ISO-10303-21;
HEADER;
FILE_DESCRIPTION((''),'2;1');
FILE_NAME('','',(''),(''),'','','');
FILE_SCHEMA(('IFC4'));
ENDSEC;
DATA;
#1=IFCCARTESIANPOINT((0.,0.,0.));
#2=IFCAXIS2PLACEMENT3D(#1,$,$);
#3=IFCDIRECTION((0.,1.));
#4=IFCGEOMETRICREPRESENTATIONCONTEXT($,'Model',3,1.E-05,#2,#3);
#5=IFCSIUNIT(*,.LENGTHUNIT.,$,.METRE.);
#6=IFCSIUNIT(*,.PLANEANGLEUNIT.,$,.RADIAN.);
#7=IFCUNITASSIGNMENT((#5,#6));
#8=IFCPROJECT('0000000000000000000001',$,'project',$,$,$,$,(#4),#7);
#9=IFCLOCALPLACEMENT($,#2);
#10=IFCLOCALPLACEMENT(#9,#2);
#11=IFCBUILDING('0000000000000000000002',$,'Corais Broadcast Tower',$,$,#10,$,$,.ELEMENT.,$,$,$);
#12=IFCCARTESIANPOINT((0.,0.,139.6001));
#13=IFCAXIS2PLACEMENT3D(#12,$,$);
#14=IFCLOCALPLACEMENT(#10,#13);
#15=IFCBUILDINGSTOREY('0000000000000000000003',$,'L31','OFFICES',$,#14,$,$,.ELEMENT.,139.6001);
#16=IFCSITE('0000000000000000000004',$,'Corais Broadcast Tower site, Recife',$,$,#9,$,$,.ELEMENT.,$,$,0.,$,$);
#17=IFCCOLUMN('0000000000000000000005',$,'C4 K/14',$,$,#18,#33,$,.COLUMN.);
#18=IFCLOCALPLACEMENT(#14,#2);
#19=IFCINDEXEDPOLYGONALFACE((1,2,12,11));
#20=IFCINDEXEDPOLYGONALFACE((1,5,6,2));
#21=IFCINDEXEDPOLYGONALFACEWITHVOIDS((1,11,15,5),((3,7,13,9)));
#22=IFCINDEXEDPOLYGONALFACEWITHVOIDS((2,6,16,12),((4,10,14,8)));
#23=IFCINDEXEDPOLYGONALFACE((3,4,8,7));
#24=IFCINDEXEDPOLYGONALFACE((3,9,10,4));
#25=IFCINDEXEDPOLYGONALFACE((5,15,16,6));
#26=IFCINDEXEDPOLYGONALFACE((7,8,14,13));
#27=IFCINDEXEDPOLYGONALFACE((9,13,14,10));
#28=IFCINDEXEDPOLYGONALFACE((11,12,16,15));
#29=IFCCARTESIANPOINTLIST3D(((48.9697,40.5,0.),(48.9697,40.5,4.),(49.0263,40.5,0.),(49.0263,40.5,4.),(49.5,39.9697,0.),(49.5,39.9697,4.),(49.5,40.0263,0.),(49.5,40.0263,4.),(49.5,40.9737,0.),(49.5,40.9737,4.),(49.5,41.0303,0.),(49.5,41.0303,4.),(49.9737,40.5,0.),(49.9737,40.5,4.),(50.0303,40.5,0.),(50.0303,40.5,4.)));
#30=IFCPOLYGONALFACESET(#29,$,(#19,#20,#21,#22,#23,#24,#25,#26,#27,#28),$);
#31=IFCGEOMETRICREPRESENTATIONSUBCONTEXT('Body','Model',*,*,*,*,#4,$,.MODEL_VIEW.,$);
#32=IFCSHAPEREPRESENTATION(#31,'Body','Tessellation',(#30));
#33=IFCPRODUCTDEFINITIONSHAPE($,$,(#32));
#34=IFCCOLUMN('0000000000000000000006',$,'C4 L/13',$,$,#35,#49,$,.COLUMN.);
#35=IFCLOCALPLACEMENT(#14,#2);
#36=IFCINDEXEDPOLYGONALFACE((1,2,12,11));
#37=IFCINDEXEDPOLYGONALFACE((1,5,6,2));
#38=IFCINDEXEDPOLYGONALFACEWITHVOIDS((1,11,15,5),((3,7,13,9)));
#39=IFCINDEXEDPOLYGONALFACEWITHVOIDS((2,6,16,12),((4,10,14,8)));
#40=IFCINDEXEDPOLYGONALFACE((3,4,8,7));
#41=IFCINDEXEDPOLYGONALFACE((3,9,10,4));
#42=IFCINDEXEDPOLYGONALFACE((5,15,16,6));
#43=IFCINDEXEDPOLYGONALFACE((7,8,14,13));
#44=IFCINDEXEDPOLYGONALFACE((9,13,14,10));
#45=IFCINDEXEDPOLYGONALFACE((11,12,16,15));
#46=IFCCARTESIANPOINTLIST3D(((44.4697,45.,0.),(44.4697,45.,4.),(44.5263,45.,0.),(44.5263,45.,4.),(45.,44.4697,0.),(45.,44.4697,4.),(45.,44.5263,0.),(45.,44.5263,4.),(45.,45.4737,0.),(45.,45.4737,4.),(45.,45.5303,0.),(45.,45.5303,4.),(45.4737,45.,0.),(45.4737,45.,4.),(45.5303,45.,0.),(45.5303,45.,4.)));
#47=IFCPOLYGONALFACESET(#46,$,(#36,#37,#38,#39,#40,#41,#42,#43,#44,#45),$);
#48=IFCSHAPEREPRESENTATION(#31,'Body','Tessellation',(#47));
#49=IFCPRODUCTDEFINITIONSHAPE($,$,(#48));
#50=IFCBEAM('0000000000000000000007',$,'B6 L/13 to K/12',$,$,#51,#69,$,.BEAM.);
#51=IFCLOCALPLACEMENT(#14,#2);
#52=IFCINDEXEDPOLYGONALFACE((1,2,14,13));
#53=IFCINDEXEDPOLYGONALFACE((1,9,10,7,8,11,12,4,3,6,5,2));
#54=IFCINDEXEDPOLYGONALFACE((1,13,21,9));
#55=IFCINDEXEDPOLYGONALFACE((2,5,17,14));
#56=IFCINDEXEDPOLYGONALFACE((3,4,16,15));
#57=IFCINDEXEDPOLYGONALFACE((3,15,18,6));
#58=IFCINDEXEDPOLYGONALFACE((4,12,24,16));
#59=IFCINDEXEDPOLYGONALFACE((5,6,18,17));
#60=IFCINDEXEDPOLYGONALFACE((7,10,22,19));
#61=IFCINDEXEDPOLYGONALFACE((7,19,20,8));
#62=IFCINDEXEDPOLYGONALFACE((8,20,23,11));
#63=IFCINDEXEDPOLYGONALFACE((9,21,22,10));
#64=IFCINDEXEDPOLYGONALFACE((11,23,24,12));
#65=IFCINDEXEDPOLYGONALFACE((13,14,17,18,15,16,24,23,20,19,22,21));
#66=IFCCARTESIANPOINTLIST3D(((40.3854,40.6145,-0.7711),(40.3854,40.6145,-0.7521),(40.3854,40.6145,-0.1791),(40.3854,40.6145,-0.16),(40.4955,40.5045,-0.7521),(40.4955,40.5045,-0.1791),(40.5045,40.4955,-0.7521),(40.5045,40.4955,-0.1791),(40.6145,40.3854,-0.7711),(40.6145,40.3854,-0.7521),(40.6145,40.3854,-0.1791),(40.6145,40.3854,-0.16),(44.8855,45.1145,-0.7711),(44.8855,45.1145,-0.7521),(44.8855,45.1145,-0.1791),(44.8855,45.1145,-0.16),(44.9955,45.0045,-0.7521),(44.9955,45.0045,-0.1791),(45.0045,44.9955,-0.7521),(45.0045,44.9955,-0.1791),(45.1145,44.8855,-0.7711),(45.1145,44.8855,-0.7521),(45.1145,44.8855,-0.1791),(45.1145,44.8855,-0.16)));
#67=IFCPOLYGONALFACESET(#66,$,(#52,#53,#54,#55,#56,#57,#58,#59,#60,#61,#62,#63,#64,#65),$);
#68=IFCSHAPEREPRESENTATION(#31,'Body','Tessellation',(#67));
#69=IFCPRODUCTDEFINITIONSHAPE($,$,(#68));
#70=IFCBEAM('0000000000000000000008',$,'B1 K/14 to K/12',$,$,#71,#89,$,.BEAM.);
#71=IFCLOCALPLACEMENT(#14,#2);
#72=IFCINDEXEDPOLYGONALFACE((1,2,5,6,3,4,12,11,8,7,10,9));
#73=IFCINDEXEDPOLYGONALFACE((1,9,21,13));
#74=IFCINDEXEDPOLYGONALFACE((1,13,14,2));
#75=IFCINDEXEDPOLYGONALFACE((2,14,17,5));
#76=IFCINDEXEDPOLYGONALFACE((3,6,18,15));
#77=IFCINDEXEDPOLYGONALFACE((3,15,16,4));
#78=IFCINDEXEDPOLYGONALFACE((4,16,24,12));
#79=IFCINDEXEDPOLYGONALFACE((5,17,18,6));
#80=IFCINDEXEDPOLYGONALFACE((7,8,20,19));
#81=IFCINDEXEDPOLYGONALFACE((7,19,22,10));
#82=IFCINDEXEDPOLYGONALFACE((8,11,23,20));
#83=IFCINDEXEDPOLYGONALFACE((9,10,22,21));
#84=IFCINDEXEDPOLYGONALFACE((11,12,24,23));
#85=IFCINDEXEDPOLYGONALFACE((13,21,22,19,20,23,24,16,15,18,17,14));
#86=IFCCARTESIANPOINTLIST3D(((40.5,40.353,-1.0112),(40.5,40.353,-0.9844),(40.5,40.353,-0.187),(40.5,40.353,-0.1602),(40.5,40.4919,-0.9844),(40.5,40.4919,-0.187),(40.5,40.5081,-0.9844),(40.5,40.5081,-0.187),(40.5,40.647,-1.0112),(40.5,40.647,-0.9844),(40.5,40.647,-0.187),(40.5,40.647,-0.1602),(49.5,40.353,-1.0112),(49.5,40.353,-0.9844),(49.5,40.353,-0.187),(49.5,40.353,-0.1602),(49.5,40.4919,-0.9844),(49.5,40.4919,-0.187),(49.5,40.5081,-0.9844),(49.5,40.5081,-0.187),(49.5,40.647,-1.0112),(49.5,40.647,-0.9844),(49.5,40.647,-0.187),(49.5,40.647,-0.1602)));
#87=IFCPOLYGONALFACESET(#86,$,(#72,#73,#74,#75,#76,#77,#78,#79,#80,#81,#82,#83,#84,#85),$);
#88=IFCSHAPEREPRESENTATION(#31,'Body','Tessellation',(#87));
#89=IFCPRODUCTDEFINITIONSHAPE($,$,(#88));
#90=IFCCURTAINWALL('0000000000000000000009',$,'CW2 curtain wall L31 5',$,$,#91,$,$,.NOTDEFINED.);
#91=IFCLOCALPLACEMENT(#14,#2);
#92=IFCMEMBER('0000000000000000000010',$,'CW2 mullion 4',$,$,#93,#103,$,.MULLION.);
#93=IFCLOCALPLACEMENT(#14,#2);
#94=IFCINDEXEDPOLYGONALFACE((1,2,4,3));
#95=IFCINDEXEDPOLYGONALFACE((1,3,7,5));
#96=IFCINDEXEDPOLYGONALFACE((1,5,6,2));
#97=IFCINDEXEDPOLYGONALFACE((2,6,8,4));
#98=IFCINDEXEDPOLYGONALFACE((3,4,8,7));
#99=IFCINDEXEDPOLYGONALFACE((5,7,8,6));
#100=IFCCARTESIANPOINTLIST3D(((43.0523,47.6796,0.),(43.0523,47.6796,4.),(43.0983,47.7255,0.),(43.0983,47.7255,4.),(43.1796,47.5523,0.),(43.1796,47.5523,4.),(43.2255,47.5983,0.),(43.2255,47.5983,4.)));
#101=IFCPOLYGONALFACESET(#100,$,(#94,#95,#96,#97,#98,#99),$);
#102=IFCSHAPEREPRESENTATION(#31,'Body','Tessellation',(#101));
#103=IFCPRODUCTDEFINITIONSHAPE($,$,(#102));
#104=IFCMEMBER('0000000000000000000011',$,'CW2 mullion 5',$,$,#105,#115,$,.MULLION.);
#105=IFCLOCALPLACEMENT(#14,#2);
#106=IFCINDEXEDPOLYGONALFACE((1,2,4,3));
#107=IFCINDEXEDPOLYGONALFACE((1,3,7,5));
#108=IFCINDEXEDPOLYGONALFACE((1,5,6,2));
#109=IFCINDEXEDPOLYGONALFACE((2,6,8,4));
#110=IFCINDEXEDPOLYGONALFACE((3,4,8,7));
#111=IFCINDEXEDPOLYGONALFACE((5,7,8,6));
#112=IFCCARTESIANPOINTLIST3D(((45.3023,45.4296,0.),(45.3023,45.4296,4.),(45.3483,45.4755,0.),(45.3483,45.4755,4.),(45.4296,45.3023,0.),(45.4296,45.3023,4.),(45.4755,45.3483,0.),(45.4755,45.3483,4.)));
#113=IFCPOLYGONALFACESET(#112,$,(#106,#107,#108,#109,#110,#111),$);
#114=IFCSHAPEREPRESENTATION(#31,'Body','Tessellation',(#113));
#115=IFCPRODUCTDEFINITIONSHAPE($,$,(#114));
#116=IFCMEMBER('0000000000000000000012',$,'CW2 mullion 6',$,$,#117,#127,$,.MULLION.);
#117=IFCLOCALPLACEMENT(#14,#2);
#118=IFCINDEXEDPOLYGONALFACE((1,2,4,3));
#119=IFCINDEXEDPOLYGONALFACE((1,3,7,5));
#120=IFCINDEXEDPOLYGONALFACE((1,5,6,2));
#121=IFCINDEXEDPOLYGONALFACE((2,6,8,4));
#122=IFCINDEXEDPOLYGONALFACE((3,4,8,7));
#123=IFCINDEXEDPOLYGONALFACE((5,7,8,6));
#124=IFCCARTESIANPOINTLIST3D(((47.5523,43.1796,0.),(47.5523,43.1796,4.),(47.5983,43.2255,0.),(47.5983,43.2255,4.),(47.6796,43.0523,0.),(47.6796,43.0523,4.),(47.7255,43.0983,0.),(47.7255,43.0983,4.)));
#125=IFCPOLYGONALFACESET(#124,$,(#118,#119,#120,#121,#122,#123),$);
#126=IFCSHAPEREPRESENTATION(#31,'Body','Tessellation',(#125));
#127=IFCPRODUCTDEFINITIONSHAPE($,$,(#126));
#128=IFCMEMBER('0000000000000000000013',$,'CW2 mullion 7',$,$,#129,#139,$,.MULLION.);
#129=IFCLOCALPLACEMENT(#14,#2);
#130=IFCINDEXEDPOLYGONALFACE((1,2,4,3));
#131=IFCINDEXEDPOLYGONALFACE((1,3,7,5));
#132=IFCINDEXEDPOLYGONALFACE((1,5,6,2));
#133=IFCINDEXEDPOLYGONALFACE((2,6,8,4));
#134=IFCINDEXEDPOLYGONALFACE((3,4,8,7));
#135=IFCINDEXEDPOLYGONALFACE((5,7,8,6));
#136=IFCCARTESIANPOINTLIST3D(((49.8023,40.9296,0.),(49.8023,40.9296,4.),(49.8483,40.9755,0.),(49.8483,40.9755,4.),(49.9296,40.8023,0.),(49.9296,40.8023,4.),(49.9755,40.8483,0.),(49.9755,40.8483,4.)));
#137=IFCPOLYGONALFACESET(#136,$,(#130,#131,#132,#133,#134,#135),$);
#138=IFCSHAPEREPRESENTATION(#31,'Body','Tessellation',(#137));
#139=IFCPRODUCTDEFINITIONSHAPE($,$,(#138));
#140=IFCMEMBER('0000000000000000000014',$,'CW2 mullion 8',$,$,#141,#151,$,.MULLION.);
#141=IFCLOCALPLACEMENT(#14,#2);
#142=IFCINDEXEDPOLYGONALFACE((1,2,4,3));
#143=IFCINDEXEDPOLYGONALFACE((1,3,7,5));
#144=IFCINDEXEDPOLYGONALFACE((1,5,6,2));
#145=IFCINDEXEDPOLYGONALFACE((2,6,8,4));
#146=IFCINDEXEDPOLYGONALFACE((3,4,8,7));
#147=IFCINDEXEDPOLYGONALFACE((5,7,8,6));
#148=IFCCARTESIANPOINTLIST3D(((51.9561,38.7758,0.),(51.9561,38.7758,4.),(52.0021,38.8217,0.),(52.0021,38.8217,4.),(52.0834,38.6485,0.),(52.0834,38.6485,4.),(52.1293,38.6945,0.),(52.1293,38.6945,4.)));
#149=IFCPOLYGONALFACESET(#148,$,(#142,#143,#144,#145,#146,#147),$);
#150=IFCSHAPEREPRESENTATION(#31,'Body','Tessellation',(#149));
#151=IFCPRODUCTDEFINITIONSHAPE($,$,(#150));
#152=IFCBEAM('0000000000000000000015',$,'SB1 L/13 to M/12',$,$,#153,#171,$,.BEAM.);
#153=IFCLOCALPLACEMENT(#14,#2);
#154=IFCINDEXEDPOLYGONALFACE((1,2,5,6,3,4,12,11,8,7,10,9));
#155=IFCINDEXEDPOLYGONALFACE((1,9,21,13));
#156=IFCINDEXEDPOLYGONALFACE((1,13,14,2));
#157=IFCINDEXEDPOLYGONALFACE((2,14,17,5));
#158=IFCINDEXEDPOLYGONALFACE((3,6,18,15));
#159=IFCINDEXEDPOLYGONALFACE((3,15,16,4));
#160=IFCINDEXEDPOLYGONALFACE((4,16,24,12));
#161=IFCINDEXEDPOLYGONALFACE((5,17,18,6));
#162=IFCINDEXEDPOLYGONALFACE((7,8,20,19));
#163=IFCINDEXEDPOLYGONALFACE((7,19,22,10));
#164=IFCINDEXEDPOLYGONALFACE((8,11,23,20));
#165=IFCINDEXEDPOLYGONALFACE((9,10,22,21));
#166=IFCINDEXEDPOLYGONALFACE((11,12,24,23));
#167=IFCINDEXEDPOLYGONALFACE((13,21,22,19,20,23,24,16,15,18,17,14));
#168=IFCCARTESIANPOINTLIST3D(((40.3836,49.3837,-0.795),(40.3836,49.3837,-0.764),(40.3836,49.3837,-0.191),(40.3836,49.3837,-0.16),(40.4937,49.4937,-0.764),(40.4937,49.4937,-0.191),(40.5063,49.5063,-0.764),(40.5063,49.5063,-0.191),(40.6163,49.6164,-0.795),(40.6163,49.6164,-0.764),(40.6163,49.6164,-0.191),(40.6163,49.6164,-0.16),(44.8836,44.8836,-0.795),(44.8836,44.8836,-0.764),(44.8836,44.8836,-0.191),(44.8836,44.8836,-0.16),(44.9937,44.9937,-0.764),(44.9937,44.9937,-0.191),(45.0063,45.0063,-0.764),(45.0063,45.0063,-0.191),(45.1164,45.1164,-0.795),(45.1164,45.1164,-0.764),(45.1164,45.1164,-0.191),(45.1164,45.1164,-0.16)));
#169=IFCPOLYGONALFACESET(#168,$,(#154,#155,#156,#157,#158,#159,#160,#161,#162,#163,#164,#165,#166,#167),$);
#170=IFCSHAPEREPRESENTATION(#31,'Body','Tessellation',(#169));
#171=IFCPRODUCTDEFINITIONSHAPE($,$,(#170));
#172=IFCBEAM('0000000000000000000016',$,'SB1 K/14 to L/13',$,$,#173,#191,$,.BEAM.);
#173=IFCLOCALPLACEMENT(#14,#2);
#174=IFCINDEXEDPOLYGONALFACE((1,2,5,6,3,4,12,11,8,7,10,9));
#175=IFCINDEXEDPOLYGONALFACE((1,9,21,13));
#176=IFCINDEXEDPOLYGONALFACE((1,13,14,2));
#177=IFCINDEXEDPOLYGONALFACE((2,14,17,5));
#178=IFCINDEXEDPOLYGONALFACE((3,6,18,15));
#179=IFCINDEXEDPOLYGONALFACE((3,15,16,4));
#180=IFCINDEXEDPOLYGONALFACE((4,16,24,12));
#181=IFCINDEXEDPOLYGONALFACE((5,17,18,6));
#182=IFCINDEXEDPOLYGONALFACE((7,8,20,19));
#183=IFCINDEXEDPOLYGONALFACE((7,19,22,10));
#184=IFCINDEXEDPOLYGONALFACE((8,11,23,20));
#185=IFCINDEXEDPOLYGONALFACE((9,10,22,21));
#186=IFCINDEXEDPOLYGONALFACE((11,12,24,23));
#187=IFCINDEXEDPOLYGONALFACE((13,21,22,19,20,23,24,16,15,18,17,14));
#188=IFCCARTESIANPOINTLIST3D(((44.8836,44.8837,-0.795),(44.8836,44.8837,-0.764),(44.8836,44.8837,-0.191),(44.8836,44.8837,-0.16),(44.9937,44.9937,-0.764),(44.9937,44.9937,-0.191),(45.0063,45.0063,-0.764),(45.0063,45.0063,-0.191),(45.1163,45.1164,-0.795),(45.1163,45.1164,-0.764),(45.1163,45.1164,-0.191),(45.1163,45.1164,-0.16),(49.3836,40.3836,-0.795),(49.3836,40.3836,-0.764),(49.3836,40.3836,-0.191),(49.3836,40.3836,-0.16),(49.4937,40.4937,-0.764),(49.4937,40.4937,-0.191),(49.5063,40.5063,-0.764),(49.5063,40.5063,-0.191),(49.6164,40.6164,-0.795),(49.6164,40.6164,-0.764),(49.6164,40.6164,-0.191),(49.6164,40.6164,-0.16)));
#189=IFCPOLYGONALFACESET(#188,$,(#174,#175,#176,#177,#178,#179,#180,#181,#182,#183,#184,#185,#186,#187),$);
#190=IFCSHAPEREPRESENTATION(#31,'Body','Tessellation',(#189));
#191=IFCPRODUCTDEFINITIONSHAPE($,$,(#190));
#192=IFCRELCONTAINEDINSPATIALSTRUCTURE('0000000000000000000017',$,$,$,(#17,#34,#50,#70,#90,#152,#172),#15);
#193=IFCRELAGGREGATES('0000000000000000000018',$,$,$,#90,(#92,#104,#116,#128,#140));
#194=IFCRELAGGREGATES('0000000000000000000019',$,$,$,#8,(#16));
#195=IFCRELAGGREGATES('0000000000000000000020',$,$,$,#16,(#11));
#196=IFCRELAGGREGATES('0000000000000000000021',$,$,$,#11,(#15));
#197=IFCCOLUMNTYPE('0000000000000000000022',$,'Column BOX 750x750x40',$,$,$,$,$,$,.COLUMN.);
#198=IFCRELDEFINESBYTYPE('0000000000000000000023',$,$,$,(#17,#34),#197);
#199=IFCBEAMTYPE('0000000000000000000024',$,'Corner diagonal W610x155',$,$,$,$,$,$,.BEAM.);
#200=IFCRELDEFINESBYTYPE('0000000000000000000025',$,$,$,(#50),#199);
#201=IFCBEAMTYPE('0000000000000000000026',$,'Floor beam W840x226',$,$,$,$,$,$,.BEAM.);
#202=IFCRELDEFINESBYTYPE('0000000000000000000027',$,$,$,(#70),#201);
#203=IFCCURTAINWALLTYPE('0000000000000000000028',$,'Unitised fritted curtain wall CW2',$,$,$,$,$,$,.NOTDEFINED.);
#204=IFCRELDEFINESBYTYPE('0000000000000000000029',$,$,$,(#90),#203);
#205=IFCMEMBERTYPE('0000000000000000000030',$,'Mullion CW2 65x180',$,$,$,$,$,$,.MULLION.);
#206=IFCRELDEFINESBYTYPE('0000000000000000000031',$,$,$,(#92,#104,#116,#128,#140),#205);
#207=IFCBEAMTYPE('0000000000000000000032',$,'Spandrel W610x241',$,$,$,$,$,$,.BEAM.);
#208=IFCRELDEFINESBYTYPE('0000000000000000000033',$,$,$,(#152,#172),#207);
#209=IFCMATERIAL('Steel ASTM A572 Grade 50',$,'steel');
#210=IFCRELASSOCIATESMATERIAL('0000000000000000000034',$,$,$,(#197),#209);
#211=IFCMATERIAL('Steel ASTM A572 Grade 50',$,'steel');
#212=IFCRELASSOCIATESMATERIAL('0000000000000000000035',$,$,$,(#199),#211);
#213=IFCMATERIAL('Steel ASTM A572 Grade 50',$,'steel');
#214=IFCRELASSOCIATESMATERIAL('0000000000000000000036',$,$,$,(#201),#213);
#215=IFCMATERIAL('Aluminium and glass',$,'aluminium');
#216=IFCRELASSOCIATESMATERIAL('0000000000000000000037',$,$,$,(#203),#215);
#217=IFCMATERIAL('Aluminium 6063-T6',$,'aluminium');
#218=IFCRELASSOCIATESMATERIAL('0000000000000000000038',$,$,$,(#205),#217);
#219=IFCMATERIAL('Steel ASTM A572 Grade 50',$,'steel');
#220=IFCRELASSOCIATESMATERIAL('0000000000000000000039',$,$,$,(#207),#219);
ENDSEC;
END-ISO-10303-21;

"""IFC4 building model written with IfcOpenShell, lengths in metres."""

from ifc_helpers import new_model, si_unit, direction, frame, origin, origin_2d, place, context, subcontext, project, spatial, rectangle, hollow_rectangle, i_section, extrude, material, material_profile, profile_set, type_object, element, aggregate, save


model = new_model("IFC4")

# Units and contexts
model_context = context("Model", 3, precision=1e-05, world=origin(), true_north=direction((0.0, 1.0)))
body_context = subcontext(model_context, "Body", "Model", "MODEL_VIEW")
ifc_project = project(units=[si_unit("LENGTHUNIT", "METRE"), si_unit("PLANEANGLEUNIT", "RADIAN")], contexts=[model_context])

# Site, building, storey
site_placement = place(None, origin())
site = spatial("IfcSite", under=ifc_project, at=site_placement, Name="Corais Broadcast Tower site, Recife", CompositionType="ELEMENT", RefElevation=0.0)
building_placement = place(site_placement, origin())
building = spatial("IfcBuilding", under=site, at=building_placement, Name="Corais Broadcast Tower", CompositionType="ELEMENT")
storey_placement = place(building_placement, frame((0.0, 0.0, 139.6001)))
storey = spatial("IfcBuildingStorey", under=building, at=storey_placement, Name="L31", Description="OFFICES", CompositionType="ELEMENT", Elevation=139.6001)

# Columns
ifc_material_1 = material(Name="Steel ASTM A572 Grade 50", Category="steel")
ifc_material_profile_1 = material_profile(ifc_material_1, hollow_rectangle(XDim=0.75, YDim=0.75, WallThickness=0.04, at=origin_2d()), Name="BOX 750x750x40")
ifc_profile_set_1 = profile_set([ifc_material_profile_1], Name="Steel ASTM A572 Grade 50")
column_type = type_object("IfcColumnType", Name="Column BOX 750x750x40", PredefinedType="COLUMN", material=ifc_profile_set_1)
for number, where, z_axis, x_axis, name in (
    (1, (49.5, 40.5, 0.0), (0.0, 0.0, 1.0), (0.707107, 0.707107, 0.0), "C4 K/14"),
    (2, (45.0, 45.0, 0.0), (0.0, 0.0, 1.0), (0.707107, 0.707107, 0.0), "C4 L/13"),
):
    element("IfcColumn", number, at=place(storey_placement, frame(where, z_axis=z_axis, x_axis=x_axis)), inside=storey, type_object=column_type, Name=name, PredefinedType="COLUMN", context=body_context, shape_type="SweptSolid", body=[
        extrude(hollow_rectangle(XDim=0.75, YDim=0.75, WallThickness=0.04, at=origin_2d()), origin(), (0.0, 0.0, 1.0), 4.0),
    ])

# Beams
ifc_material_2 = material(Name="Steel ASTM A572 Grade 50", Category="steel")
ifc_material_profile_2 = material_profile(ifc_material_2, i_section(OverallWidth=0.324, OverallDepth=0.6111, WebThickness=0.0127, FlangeThickness=0.019, at=origin_2d()), Name="W610x155")
ifc_profile_set_2 = profile_set([ifc_material_profile_2], Name="Steel ASTM A572 Grade 50")
beam_type_1 = type_object("IfcBeamType", Name="Corner diagonal W610x155", PredefinedType="BEAM", material=ifc_profile_set_2)
beam_1_placement = place(storey_placement, frame((45.0, 45.0, -0.4656), z_axis=(-0.707107, -0.707107, 0.0), x_axis=(0.707107, -0.707107, 0.0)))
element("IfcBeam", 3, at=beam_1_placement, inside=storey, type_object=beam_type_1, Name="B6 L/13 to K/12", PredefinedType="BEAM", context=body_context, shape_type="SweptSolid", body=[
    extrude(i_section(OverallWidth=0.324, OverallDepth=0.6111, WebThickness=0.0127, FlangeThickness=0.019, at=origin_2d()), origin(), (0.0, 0.0, 1.0), 6.364),
])
ifc_material_3 = material(Name="Steel ASTM A572 Grade 50", Category="steel")
ifc_material_profile_3 = material_profile(ifc_material_3, i_section(OverallWidth=0.2939, OverallDepth=0.8511, WebThickness=0.0161, FlangeThickness=0.0269, at=origin_2d()), Name="W840x226")
ifc_profile_set_3 = profile_set([ifc_material_profile_3], Name="Steel ASTM A572 Grade 50")
beam_type_2 = type_object("IfcBeamType", Name="Floor beam W840x226", PredefinedType="BEAM", material=ifc_profile_set_3)
beam_2_placement = place(storey_placement, frame((49.5, 40.5, -0.5857), z_axis=(-1.0, 0.0, 0.0), x_axis=(0.0, -1.0, 0.0)))
element("IfcBeam", 4, at=beam_2_placement, inside=storey, type_object=beam_type_2, Name="B1 K/14 to K/12", PredefinedType="BEAM", context=body_context, shape_type="SweptSolid", body=[
    extrude(i_section(OverallWidth=0.2939, OverallDepth=0.8511, WebThickness=0.0161, FlangeThickness=0.0269, at=origin_2d()), origin(), (0.0, 0.0, 1.0), 9.0),
])

# Curtain wall, members
ifc_material_4 = material(Name="Aluminium and glass", Category="aluminium")
curtain_wall_type = type_object("IfcCurtainWallType", Name="Unitised fritted curtain wall CW2", PredefinedType="NOTDEFINED", material=ifc_material_4)
curtain_wall_placement = place(storey_placement, origin())
curtain_wall = element("IfcCurtainWall", 5, at=curtain_wall_placement, inside=storey, type_object=curtain_wall_type, Name="CW2 curtain wall L31 5", PredefinedType="NOTDEFINED")
ifc_material_5 = material(Name="Aluminium 6063-T6", Category="aluminium")
ifc_material_profile_4 = material_profile(ifc_material_5, rectangle(XDim=0.0649, YDim=0.1799, at=origin_2d()), Name="Mullion CW2 65x180")
ifc_profile_set_4 = profile_set([ifc_material_profile_4], Name="Aluminium 6063-T6")
member_type_1 = type_object("IfcMemberType", Name="Mullion CW2 65x180", PredefinedType="MULLION", material=ifc_profile_set_4)
member_1_placement = place(storey_placement, frame((43.1389, 47.6389, 0.0), z_axis=(0.0, 0.0, 1.0), x_axis=(0.707107, 0.707107, 0.0)))
member_1 = element("IfcMember", 6, at=member_1_placement, type_object=member_type_1, Name="CW2 mullion 4", PredefinedType="MULLION", context=body_context, shape_type="SweptSolid", body=[
    extrude(rectangle(XDim=0.0649, YDim=0.1799, at=origin_2d()), origin(), (0.0, 0.0, 1.0), 4.0),
])
member_2_placement = place(storey_placement, frame((45.3889, 45.3889, 0.0), z_axis=(0.0, 0.0, 1.0), x_axis=(0.707107, 0.707107, 0.0)))
member_2 = element("IfcMember", 7, at=member_2_placement, type_object=member_type_1, Name="CW2 mullion 5", PredefinedType="MULLION", context=body_context, shape_type="SweptSolid", body=[
    extrude(rectangle(XDim=0.0649, YDim=0.1799, at=origin_2d()), origin(), (0.0, 0.0, 1.0), 4.0),
])
member_3_placement = place(storey_placement, frame((47.6389, 43.1389, 0.0), z_axis=(0.0, 0.0, 1.0), x_axis=(0.707107, 0.707107, 0.0)))
member_3 = element("IfcMember", 8, at=member_3_placement, type_object=member_type_1, Name="CW2 mullion 6", PredefinedType="MULLION", context=body_context, shape_type="SweptSolid", body=[
    extrude(rectangle(XDim=0.0649, YDim=0.1799, at=origin_2d()), origin(), (0.0, 0.0, 1.0), 4.0),
])
member_4_placement = place(storey_placement, frame((49.8889, 40.8889, 0.0), z_axis=(0.0, 0.0, 1.0), x_axis=(0.707107, 0.707107, 0.0)))
member_4 = element("IfcMember", 9, at=member_4_placement, type_object=member_type_1, Name="CW2 mullion 7", PredefinedType="MULLION", context=body_context, shape_type="SweptSolid", body=[
    extrude(rectangle(XDim=0.0649, YDim=0.1799, at=origin_2d()), origin(), (0.0, 0.0, 1.0), 4.0),
])
member_5_placement = place(storey_placement, frame((52.0427, 38.7351, 0.0), z_axis=(0.0, 0.0, 1.0), x_axis=(0.707107, 0.707107, 0.0)))
member_5 = element("IfcMember", 10, at=member_5_placement, type_object=member_type_1, Name="CW2 mullion 8", PredefinedType="MULLION", context=body_context, shape_type="SweptSolid", body=[
    extrude(rectangle(XDim=0.0649, YDim=0.1799, at=origin_2d()), origin(), (0.0, 0.0, 1.0), 4.0),
])

# Beams
ifc_material_6 = material(Name="Steel ASTM A572 Grade 50", Category="steel")
ifc_material_profile_5 = material_profile(ifc_material_6, i_section(OverallWidth=0.3291, OverallDepth=0.635, WebThickness=0.0178, FlangeThickness=0.031, at=origin_2d()), Name="W610x241")
ifc_profile_set_5 = profile_set([ifc_material_profile_5], Name="Steel ASTM A572 Grade 50")
beam_type_3 = type_object("IfcBeamType", Name="Spandrel W610x241", PredefinedType="BEAM", material=ifc_profile_set_5)
for number, where, z_axis, x_axis, name in (
    (11, (45.0, 45.0, -0.4775), (-0.707107, 0.707107, 0.0), (-0.707107, -0.707107, 0.0), "SB1 L/13 to M/12"),
    (12, (49.5, 40.5, -0.4775), (-0.707107, 0.707107, 0.0), (-0.707107, -0.707107, 0.0), "SB1 K/14 to L/13"),
):
    element("IfcBeam", number, at=place(storey_placement, frame(where, z_axis=z_axis, x_axis=x_axis)), inside=storey, type_object=beam_type_3, Name=name, PredefinedType="BEAM", context=body_context, shape_type="SweptSolid", body=[
        extrude(i_section(OverallWidth=0.3291, OverallDepth=0.635, WebThickness=0.0178, FlangeThickness=0.031, at=origin_2d()), origin(), (0.0, 0.0, 1.0), 6.364),
    ])

aggregate(curtain_wall, [member_1, member_2, member_3, member_4, member_5])

save(model, "model.ifc")
